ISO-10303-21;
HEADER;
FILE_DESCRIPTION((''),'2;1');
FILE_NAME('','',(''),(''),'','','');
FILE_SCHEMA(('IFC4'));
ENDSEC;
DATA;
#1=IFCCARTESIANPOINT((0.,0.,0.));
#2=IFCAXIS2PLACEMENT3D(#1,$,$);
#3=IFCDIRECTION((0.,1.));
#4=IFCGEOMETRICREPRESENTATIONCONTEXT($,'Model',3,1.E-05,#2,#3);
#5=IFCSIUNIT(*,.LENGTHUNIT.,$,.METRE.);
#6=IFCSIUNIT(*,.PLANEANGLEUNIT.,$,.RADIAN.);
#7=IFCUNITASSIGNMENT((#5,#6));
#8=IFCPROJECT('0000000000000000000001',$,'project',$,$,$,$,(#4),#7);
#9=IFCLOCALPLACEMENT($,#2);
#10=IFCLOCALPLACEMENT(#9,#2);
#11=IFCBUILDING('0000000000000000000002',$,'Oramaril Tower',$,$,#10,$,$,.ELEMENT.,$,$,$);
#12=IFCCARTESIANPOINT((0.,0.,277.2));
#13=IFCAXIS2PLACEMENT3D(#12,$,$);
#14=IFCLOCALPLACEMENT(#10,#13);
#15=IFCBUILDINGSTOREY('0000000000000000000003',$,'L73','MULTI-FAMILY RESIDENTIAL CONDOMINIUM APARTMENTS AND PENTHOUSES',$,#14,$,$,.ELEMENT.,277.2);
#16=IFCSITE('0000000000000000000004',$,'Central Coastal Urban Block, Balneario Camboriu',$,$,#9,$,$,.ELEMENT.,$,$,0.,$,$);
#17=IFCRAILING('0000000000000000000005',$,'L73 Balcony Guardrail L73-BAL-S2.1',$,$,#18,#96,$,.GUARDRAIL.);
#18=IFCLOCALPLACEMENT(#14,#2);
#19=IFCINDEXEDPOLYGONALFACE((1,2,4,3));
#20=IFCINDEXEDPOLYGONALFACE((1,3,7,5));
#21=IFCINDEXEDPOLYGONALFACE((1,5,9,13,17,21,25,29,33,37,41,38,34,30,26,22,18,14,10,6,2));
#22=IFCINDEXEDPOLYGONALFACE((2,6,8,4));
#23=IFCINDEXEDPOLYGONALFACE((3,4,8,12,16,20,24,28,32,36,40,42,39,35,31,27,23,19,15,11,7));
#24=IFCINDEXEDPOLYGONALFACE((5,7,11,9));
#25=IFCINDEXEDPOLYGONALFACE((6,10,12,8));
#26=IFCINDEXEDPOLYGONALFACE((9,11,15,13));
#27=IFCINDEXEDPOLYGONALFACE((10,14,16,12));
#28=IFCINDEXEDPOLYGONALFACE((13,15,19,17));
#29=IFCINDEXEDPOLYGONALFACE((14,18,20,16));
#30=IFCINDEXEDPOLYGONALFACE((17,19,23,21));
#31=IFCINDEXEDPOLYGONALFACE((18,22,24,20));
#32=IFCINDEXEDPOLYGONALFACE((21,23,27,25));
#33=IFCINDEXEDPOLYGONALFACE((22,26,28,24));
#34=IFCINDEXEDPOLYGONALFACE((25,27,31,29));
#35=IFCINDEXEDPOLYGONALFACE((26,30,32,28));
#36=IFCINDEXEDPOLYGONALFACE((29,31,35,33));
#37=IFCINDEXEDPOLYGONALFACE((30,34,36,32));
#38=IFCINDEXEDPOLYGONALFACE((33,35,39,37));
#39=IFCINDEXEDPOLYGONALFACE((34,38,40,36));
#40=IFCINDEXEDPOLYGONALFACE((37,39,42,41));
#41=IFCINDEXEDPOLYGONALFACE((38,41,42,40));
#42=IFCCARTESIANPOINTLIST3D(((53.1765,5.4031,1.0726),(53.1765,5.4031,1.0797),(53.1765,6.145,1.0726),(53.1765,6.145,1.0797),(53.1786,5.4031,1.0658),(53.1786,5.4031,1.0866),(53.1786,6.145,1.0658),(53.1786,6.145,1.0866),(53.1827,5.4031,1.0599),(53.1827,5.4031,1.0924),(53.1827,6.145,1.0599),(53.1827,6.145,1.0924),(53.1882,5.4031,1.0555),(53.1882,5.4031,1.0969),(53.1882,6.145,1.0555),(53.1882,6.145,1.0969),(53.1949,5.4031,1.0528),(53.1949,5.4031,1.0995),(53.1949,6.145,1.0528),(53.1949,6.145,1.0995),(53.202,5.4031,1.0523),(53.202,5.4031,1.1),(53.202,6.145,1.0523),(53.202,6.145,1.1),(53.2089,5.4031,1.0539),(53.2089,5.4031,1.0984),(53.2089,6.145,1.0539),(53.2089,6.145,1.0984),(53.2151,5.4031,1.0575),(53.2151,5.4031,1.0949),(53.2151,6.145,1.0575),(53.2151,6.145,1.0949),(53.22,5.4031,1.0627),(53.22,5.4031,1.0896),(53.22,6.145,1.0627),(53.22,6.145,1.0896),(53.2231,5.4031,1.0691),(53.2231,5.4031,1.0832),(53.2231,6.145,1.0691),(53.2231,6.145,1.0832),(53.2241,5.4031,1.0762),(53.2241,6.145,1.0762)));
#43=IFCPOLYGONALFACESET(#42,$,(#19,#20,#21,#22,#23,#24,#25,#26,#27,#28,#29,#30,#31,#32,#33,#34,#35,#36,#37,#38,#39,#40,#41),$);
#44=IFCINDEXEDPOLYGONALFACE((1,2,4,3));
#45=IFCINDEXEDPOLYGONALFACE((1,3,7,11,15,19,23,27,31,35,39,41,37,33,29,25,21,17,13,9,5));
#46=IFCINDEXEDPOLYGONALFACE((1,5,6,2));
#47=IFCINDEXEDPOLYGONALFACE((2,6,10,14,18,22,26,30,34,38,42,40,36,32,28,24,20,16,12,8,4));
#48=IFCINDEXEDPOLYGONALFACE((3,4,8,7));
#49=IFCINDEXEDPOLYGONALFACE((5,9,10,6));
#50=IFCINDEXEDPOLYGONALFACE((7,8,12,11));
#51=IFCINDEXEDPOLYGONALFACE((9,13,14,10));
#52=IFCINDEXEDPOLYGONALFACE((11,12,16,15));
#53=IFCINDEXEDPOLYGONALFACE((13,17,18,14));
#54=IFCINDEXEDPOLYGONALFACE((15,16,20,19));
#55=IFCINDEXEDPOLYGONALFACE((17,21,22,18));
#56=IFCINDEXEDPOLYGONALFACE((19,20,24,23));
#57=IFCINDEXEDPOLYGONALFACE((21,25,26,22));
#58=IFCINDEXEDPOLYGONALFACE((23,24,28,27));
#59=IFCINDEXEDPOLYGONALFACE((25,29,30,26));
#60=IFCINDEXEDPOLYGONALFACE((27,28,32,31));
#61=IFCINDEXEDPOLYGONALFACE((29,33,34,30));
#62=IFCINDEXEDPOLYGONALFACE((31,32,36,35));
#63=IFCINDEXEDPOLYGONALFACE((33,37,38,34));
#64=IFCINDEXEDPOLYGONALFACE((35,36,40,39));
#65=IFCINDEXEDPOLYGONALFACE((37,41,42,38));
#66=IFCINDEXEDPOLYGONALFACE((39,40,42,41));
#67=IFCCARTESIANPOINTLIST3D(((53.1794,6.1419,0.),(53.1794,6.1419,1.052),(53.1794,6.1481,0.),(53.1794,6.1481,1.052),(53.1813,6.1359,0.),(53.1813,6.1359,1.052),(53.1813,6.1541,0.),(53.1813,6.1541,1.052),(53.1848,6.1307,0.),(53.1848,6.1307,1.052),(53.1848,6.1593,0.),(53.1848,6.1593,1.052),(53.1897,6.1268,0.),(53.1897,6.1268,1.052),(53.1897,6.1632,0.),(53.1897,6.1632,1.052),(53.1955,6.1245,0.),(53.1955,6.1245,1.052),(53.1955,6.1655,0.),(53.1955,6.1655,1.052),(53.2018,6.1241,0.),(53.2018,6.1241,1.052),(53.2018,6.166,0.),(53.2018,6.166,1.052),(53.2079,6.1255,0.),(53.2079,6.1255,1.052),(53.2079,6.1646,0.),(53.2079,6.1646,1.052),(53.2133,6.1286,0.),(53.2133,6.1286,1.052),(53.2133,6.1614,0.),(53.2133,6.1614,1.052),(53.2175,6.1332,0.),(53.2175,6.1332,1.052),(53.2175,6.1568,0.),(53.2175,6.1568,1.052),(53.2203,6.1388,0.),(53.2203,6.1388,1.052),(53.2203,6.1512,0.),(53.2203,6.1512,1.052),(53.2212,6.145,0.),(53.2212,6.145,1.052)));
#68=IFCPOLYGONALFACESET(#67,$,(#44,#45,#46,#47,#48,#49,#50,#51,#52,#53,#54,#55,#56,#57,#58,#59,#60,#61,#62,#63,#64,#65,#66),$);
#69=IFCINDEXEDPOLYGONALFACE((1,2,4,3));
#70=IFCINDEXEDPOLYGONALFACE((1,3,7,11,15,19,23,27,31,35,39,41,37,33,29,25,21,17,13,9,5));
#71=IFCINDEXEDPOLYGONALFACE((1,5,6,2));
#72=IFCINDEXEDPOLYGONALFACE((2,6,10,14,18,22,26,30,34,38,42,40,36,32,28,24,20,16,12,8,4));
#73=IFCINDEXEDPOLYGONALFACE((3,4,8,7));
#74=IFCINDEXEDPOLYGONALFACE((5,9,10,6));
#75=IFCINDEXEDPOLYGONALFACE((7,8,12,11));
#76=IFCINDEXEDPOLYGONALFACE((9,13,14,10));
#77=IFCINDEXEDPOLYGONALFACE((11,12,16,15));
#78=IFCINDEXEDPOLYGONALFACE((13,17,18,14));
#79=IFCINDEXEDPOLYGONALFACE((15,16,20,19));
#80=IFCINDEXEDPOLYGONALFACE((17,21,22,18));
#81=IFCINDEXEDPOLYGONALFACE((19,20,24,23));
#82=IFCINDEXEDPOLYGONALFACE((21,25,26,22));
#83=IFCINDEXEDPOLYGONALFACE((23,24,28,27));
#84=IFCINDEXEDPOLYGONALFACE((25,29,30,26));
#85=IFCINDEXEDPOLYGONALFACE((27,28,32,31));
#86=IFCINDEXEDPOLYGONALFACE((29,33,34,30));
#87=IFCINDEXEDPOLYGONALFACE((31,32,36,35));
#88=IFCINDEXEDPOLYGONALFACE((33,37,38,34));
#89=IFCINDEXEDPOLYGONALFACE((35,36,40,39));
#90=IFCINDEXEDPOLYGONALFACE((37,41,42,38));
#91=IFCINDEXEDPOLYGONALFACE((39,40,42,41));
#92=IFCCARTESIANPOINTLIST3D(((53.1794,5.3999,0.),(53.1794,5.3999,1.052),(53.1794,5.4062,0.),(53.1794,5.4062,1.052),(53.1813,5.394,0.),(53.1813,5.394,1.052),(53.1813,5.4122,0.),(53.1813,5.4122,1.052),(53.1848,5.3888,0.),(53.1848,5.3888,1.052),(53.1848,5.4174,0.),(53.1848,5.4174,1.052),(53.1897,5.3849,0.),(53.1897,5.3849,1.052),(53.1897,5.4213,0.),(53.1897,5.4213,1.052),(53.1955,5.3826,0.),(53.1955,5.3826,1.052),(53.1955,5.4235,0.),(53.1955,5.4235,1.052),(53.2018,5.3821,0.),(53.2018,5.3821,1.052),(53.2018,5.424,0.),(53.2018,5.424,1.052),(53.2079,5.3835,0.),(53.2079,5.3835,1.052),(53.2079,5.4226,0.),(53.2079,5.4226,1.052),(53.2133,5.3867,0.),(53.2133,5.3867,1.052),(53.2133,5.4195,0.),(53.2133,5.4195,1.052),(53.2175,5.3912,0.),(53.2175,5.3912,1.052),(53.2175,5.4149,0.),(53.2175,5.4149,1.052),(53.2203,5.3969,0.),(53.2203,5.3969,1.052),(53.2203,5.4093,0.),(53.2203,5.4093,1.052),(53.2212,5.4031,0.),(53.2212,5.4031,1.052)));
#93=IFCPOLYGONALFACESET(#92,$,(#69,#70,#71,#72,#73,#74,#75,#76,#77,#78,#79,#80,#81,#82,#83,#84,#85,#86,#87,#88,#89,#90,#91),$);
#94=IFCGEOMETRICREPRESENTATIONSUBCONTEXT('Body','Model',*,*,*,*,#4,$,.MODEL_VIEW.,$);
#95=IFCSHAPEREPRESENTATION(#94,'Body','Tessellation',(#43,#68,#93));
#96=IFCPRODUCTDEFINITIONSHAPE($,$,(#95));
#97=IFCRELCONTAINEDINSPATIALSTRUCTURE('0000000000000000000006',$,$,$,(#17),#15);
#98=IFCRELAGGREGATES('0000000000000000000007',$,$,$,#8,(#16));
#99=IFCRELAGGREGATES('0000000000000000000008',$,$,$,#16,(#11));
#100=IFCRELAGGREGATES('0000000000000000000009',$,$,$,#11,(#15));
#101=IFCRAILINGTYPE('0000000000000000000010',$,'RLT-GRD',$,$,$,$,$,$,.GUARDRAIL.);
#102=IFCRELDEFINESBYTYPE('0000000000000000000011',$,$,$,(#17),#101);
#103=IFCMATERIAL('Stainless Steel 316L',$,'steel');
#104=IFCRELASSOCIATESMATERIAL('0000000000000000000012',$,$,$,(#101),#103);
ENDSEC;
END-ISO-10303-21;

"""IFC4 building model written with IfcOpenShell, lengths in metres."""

from ifc_helpers import new_model, si_unit, direction, frame, origin, origin_2d, place, context, subcontext, project, spatial, circle, extrude, material, type_object, element, save


model = new_model("IFC4")

# Units and contexts
model_context = context("Model", 3, precision=1e-05, world=origin(), true_north=direction((0.0, 1.0)))
body_context = subcontext(model_context, "Body", "Model", "MODEL_VIEW")
ifc_project = project(units=[si_unit("LENGTHUNIT", "METRE"), si_unit("PLANEANGLEUNIT", "RADIAN")], contexts=[model_context])

# Site, building, storey
site_placement = place(None, origin())
site = spatial("IfcSite", under=ifc_project, at=site_placement, Name="Central Coastal Urban Block, Balneario Camboriu", CompositionType="ELEMENT", RefElevation=0.0)
building_placement = place(site_placement, origin())
building = spatial("IfcBuilding", under=site, at=building_placement, Name="Oramaril Tower", CompositionType="ELEMENT")
storey_placement = place(building_placement, frame((0.0, 0.0, 277.2)))
storey = spatial("IfcBuildingStorey", under=building, at=storey_placement, Name="L73", Description="MULTI-FAMILY RESIDENTIAL CONDOMINIUM APARTMENTS AND PENTHOUSES", CompositionType="ELEMENT", Elevation=277.2)

# Railing
ifc_material_1 = material(Name="Stainless Steel 316L", Category="steel")
railing_type = type_object("IfcRailingType", Name="RLT-GRD", PredefinedType="GUARDRAIL", material=ifc_material_1)
railing_1_placement = place(storey_placement, frame((53.2002, 6.145, 0.0)))
element("IfcRailing", 1, at=railing_1_placement, inside=storey, type_object=railing_type, Name="L73 Balcony Guardrail L73-BAL-S2.1", PredefinedType="GUARDRAIL", context=body_context, shape_type="SweptSolid", body=[
    extrude(circle(Radius=0.0239, at=origin_2d()), frame((0.0, 0.0, 1.0762), z_axis=(0.0, -1.0, 0.0), x_axis=(1.0, 0.0, 0.0)), (0.0, 0.0, 1.0), 0.7419),
    extrude(circle(Radius=0.021, at=origin_2d()), origin(), (0.0, 0.0, 1.0), 1.052),
    extrude(circle(Radius=0.021, at=origin_2d()), frame((0.0, -0.7419, 0.0)), (0.0, 0.0, 1.0), 1.052),
])

save(model, "model.ifc")
